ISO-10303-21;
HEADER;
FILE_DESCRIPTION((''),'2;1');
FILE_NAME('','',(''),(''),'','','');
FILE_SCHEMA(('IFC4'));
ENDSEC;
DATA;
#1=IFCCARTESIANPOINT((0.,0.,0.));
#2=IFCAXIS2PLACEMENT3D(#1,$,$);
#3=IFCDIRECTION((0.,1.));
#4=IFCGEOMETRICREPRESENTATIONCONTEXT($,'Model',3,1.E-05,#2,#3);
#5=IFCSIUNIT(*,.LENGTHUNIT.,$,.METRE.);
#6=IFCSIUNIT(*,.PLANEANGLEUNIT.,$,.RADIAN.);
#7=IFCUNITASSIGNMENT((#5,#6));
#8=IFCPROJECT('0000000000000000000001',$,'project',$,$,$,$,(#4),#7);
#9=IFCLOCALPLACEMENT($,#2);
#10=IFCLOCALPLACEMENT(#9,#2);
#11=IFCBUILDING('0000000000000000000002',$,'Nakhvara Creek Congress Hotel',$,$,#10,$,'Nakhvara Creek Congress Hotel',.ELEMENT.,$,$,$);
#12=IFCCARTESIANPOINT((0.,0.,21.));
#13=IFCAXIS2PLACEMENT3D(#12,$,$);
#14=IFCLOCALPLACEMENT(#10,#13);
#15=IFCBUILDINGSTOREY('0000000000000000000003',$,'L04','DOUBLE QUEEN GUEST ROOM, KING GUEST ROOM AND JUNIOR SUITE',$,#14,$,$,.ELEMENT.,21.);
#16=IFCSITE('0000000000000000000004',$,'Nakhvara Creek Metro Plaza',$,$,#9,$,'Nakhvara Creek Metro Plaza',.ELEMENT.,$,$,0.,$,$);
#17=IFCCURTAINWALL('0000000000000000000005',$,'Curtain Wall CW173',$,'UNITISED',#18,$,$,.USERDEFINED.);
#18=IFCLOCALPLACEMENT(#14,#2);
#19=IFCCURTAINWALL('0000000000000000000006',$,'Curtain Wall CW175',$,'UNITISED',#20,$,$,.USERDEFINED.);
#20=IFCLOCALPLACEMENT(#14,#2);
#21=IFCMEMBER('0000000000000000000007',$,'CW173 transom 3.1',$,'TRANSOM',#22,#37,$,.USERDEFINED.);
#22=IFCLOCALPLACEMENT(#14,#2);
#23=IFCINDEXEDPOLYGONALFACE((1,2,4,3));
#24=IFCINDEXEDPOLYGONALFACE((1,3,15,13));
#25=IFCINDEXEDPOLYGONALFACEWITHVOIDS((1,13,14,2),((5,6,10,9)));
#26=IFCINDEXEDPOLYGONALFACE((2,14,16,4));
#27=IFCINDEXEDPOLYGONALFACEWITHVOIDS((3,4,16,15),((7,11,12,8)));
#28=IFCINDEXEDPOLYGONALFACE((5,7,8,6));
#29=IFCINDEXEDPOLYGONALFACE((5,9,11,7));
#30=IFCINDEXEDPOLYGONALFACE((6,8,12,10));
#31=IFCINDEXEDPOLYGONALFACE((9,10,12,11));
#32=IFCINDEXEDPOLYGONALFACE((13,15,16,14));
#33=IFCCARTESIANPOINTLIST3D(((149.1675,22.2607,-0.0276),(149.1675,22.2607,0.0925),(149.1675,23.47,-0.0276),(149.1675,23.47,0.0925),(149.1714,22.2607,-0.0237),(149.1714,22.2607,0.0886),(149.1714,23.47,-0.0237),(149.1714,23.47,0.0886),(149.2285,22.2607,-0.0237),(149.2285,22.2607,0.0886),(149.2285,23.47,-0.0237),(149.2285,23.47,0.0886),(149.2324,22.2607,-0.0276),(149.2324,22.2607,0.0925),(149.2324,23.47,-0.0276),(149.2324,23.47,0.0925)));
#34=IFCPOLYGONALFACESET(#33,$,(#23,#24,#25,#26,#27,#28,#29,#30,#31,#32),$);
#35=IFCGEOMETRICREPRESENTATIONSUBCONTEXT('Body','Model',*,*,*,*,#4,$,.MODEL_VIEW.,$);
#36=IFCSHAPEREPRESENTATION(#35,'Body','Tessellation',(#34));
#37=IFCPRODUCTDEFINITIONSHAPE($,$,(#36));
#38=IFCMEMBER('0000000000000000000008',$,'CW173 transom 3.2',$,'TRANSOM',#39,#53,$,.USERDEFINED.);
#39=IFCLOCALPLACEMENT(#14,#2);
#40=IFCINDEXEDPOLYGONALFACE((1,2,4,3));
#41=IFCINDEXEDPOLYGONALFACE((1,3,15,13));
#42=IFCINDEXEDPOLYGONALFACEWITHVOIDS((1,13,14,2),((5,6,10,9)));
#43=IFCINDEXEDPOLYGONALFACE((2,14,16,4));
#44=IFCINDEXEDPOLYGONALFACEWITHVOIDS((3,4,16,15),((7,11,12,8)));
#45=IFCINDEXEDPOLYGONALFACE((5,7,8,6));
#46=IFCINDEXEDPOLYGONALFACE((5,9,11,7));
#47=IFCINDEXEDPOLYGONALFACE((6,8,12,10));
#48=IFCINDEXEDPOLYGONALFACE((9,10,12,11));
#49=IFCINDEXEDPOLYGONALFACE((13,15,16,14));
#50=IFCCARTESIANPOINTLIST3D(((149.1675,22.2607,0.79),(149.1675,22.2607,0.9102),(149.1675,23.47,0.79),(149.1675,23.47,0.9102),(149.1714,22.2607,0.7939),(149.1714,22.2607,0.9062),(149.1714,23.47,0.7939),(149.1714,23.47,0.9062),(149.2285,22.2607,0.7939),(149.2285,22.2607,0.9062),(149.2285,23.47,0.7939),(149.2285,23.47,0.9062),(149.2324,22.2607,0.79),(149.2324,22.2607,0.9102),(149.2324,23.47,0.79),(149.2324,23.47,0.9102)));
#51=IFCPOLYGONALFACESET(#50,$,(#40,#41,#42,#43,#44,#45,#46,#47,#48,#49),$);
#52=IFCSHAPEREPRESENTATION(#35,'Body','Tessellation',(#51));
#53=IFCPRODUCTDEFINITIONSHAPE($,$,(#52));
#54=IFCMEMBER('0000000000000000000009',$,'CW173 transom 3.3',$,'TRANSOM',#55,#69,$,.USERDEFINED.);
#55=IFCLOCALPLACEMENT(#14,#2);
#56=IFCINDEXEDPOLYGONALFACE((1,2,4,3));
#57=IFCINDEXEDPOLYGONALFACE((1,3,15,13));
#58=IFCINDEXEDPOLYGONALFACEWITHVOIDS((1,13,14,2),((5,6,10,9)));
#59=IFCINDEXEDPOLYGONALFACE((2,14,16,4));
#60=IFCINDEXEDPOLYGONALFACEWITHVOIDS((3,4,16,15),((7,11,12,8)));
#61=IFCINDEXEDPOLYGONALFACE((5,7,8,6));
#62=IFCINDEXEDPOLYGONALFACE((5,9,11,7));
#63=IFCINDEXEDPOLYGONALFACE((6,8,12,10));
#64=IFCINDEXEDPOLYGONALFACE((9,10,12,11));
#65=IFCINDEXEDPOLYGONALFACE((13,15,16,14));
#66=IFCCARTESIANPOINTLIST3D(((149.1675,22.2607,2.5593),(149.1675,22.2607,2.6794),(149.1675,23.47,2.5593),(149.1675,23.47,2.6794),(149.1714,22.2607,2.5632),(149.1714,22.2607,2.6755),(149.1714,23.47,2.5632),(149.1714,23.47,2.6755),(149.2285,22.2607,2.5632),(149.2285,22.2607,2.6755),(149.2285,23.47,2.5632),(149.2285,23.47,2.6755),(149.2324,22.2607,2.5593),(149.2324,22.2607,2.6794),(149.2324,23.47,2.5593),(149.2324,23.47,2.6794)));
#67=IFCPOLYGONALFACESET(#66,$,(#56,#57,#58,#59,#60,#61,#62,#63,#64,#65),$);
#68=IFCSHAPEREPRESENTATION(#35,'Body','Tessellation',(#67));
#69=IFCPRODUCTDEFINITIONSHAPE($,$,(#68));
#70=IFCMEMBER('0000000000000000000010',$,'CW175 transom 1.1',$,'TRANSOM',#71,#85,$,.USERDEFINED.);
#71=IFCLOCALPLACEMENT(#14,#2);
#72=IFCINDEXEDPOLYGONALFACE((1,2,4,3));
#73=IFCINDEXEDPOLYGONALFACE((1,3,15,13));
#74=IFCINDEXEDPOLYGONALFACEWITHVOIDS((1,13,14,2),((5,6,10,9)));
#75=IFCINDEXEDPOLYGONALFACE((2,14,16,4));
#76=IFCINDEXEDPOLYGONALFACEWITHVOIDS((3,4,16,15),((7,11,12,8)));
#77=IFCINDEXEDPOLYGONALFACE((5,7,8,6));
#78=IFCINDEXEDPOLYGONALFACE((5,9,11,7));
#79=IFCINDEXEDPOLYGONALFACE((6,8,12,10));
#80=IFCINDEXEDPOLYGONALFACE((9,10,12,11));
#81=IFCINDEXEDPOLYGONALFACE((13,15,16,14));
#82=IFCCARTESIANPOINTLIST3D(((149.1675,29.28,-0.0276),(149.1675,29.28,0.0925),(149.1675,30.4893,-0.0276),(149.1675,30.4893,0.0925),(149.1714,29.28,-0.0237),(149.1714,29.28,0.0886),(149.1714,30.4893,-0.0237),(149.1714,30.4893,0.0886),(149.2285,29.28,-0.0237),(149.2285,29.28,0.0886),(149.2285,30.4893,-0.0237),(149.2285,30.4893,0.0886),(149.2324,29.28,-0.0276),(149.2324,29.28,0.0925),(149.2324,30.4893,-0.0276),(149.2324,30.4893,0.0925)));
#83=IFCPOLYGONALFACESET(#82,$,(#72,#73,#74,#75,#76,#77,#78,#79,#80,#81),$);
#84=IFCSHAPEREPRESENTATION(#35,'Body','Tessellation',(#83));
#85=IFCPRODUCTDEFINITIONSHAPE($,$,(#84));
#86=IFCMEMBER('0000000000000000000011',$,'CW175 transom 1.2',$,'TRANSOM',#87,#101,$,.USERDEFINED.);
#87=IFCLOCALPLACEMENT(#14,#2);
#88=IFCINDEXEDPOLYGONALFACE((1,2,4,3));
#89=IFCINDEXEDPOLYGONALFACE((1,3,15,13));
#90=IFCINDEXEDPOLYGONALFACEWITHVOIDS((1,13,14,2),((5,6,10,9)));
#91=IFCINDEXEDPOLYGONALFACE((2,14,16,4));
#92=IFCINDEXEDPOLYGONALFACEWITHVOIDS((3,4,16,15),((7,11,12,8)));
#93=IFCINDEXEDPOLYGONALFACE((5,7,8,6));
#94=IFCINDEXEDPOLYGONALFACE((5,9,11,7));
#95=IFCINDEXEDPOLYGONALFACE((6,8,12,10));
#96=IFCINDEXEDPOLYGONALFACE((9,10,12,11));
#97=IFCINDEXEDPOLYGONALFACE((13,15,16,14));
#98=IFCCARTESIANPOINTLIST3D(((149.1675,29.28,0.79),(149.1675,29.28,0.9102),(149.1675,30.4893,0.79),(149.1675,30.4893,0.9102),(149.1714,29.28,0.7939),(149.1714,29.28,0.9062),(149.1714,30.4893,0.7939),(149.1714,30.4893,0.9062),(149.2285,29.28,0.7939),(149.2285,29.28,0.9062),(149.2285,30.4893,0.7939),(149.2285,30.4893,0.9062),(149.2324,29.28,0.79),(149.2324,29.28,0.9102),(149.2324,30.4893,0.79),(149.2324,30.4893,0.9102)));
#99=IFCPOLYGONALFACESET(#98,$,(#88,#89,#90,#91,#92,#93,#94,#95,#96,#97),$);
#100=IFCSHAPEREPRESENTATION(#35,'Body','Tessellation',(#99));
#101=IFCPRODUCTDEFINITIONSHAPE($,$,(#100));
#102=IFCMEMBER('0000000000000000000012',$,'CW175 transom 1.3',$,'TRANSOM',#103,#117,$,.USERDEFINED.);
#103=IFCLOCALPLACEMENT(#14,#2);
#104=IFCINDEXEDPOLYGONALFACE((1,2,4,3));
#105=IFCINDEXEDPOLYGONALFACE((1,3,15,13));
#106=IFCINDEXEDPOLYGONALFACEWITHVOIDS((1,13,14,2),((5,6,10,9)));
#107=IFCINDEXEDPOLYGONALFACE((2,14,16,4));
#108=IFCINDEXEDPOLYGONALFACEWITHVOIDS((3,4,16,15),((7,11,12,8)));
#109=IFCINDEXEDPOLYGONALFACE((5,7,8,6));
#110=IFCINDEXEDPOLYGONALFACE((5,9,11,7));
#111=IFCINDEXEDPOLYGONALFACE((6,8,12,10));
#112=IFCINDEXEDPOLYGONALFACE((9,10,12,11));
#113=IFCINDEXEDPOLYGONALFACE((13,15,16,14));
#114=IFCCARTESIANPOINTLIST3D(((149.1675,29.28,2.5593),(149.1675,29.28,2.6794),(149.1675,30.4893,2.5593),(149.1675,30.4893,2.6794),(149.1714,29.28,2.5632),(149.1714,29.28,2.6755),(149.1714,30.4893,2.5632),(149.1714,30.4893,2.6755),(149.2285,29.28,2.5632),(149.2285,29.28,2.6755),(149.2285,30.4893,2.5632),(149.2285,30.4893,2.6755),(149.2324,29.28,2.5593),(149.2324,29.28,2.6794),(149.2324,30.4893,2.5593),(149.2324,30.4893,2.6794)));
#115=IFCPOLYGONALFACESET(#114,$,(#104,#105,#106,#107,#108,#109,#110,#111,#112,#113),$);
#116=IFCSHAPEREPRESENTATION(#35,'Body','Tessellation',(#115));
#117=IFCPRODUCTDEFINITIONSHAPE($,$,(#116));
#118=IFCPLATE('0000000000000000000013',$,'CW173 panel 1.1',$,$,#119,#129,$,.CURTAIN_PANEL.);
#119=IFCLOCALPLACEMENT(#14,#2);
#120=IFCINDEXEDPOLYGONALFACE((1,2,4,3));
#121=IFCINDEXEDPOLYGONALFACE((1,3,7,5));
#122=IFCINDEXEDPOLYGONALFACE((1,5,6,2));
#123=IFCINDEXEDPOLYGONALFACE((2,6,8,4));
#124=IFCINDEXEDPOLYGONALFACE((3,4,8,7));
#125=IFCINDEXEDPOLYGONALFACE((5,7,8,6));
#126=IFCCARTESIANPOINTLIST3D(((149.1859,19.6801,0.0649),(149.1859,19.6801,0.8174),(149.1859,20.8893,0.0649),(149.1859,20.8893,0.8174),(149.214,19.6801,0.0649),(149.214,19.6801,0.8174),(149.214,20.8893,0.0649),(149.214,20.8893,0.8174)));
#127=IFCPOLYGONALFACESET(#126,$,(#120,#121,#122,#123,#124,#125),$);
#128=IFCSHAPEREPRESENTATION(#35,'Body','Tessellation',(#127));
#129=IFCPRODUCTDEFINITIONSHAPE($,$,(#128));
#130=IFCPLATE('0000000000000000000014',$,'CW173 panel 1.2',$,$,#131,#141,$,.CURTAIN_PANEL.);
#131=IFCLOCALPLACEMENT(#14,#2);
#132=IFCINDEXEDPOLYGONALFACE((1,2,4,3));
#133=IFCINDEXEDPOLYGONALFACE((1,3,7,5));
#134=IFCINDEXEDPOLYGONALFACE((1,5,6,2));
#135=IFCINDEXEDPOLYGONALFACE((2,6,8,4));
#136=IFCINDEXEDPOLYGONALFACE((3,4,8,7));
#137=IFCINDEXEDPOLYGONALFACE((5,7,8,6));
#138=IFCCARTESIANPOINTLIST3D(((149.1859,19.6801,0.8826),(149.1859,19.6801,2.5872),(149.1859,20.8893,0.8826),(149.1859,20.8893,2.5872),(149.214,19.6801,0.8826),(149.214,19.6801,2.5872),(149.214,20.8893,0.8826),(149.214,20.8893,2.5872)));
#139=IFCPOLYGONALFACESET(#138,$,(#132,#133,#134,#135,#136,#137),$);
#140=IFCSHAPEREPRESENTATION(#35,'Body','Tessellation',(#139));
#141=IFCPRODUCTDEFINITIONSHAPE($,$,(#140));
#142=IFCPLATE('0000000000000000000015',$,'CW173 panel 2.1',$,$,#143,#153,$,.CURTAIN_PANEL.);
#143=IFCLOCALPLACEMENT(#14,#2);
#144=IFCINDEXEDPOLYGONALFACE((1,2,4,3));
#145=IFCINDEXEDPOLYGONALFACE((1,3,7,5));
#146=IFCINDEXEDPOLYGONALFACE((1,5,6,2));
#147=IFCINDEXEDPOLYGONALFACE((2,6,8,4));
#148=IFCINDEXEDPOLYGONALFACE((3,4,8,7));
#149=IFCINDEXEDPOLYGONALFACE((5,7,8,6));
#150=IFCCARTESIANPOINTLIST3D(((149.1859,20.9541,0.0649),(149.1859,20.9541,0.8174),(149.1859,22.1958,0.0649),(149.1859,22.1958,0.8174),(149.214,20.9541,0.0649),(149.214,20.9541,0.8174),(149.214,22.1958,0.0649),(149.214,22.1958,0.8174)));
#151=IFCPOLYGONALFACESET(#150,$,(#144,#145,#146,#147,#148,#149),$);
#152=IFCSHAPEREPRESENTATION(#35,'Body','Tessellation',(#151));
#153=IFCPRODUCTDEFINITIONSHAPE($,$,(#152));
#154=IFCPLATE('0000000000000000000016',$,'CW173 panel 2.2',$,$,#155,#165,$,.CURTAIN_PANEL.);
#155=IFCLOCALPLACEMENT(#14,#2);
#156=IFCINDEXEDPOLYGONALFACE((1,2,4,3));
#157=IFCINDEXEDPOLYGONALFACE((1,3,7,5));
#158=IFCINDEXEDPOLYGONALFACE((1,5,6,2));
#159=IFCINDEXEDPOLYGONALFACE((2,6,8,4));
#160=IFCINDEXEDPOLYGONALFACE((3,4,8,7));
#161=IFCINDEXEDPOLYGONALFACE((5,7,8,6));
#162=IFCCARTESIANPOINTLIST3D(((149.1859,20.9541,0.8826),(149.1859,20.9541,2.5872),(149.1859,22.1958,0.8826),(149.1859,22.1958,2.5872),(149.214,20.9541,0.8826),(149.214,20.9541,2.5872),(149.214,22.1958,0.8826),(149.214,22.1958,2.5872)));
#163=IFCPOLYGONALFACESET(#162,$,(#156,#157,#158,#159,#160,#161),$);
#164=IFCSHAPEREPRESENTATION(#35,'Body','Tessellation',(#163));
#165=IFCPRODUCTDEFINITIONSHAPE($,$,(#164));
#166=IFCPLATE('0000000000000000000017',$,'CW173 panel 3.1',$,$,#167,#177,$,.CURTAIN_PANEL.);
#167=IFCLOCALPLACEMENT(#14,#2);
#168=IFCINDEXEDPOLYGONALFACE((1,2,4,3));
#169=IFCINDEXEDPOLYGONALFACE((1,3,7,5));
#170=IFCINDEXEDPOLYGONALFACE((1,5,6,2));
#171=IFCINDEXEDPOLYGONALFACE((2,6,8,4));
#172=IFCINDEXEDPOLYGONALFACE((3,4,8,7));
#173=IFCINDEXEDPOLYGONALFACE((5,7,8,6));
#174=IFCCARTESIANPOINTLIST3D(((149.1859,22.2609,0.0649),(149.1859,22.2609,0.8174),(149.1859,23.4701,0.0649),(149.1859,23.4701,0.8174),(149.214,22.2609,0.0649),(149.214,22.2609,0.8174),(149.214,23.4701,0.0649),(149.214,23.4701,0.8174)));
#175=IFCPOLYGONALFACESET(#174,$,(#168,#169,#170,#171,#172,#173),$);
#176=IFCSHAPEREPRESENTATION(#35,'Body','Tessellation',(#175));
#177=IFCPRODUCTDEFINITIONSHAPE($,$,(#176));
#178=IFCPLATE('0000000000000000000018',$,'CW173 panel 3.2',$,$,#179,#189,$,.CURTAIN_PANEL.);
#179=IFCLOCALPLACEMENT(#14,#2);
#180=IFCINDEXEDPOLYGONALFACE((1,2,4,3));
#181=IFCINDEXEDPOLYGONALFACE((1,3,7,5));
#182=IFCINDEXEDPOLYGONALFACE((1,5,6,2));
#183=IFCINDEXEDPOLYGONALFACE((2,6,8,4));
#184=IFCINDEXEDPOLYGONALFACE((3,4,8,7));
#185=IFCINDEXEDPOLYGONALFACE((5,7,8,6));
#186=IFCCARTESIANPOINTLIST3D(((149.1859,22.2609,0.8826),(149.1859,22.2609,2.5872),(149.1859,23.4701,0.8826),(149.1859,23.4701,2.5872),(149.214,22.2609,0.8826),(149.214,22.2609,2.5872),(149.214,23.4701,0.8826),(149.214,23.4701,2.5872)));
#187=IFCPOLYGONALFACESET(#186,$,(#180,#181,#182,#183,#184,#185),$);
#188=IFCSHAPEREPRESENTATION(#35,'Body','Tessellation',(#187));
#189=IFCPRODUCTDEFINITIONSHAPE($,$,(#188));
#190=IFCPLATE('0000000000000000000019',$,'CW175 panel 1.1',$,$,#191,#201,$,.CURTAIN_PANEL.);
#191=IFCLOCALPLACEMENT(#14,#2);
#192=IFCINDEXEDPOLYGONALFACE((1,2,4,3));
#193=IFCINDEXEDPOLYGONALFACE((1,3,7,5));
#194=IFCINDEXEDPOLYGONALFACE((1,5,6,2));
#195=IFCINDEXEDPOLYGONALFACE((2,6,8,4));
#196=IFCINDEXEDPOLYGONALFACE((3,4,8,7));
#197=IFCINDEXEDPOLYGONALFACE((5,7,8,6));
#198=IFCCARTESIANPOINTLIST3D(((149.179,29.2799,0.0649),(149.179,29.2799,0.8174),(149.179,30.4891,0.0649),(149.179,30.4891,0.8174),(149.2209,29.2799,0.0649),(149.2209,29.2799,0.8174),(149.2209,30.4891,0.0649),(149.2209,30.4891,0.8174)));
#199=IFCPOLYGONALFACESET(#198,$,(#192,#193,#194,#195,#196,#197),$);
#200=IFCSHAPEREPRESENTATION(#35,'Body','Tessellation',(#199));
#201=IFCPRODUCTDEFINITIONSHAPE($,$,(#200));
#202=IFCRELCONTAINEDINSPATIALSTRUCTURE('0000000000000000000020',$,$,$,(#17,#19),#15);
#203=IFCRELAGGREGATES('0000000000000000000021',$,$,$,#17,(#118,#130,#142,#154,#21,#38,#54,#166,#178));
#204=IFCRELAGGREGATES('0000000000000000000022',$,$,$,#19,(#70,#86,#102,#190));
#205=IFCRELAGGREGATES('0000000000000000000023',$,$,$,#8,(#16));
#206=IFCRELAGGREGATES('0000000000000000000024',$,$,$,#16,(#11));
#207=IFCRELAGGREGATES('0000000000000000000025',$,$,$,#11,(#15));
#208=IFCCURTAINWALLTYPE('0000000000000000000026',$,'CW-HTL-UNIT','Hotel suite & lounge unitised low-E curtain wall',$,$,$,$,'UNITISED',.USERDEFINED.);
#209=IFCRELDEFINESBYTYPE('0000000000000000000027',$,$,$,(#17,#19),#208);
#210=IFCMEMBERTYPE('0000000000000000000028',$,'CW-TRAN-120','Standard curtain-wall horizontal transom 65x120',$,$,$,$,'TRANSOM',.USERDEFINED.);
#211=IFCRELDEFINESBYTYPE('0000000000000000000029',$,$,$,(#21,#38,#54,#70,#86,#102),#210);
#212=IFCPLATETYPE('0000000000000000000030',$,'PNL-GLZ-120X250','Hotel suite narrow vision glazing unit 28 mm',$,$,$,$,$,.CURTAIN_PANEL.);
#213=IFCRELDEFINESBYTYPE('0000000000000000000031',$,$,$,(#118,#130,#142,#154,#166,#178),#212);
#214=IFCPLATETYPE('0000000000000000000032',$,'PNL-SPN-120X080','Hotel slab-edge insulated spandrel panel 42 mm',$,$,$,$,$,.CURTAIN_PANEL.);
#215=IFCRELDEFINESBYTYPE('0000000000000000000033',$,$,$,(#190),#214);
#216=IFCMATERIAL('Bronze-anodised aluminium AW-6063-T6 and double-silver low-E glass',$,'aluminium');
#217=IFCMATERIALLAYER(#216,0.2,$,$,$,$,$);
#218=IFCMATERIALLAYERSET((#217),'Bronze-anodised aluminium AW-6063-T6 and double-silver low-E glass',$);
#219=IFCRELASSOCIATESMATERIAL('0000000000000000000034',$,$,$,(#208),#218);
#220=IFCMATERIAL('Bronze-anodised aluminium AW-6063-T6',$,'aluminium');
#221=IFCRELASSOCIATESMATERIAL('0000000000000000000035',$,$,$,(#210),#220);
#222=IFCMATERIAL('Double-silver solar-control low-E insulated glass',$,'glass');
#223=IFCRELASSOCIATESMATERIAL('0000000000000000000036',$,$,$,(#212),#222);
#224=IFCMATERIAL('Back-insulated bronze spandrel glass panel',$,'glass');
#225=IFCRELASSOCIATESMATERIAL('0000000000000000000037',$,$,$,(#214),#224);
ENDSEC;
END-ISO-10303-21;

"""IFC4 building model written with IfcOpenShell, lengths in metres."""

from ifc_helpers import new_model, si_unit, direction, frame, origin, origin_2d, place, context, subcontext, project, spatial, rectangle, hollow_rectangle, extrude, material, layer, layer_set, material_profile, profile_set, type_object, element, aggregate, save


model = new_model("IFC4")

# Units and contexts
model_context = context("Model", 3, precision=1e-05, world=origin(), true_north=direction((0.0, 1.0)))
body_context = subcontext(model_context, "Body", "Model", "MODEL_VIEW")
ifc_project = project(units=[si_unit("LENGTHUNIT", "METRE"), si_unit("PLANEANGLEUNIT", "RADIAN")], contexts=[model_context])

# Site, building, storey
site_placement = place(None, origin())
site = spatial("IfcSite", under=ifc_project, at=site_placement, Name="Nakhvara Creek Metro Plaza", LongName="Nakhvara Creek Metro Plaza", CompositionType="ELEMENT", RefElevation=0.0)
building_placement = place(site_placement, origin())
building = spatial("IfcBuilding", under=site, at=building_placement, Name="Nakhvara Creek Congress Hotel", LongName="Nakhvara Creek Congress Hotel", CompositionType="ELEMENT")
storey_placement = place(building_placement, frame((0.0, 0.0, 21.0)))
storey = spatial("IfcBuildingStorey", under=building, at=storey_placement, Name="L04", Description="DOUBLE QUEEN GUEST ROOM, KING GUEST ROOM AND JUNIOR SUITE", CompositionType="ELEMENT", Elevation=21.0)

# Curtain wall
ifc_material_1 = material(Name="Bronze-anodised aluminium AW-6063-T6 and double-silver low-E glass", Category="aluminium")
ifc_layer = layer(ifc_material_1, 0.2)
ifc_layer_set = layer_set([ifc_layer], Name="Bronze-anodised aluminium AW-6063-T6 and double-silver low-E glass")
curtain_wall_type = type_object("IfcCurtainWallType", Name="CW-HTL-UNIT", Description="Hotel suite & lounge unitised low-E curtain wall", ElementType="UNITISED", PredefinedType="USERDEFINED", material=ifc_layer_set)
curtain_wall_1_placement = place(storey_placement, origin())
curtain_wall_1 = element("IfcCurtainWall", 1, at=curtain_wall_1_placement, inside=storey, type_object=curtain_wall_type, Name="Curtain Wall CW173", ObjectType="UNITISED", PredefinedType="USERDEFINED")
ifc_material_2 = material(Name="Bronze-anodised aluminium AW-6063-T6", Category="aluminium")

# Curtain wall
curtain_wall_2_placement = place(storey_placement, origin())
curtain_wall_2 = element("IfcCurtainWall", 2, at=curtain_wall_2_placement, inside=storey, type_object=curtain_wall_type, Name="Curtain Wall CW175", ObjectType="UNITISED", PredefinedType="USERDEFINED")

# Members
ifc_material_profile_1 = material_profile(ifc_material_2, hollow_rectangle(XDim=0.0649, YDim=0.1201, WallThickness=0.0039, at=origin_2d()), Name="ALU-TRAN 65x120x4", Category="LoadBearing")
ifc_profile_set_1 = profile_set([ifc_material_profile_1], Name="Bronze-anodised aluminium AW-6063-T6")
member_type_1 = type_object("IfcMemberType", Name="CW-TRAN-120", Description="Standard curtain-wall horizontal transom 65x120", ElementType="TRANSOM", PredefinedType="USERDEFINED", material=ifc_profile_set_1)
member_1_placement = place(storey_placement, frame((149.2, 22.2607, 0.0325), z_axis=(0.0, 1.0, 0.0), x_axis=(-1.0, 0.0, 0.0)))
member_1 = element("IfcMember", 3, at=member_1_placement, type_object=member_type_1, Name="CW173 transom 3.1", ObjectType="TRANSOM", PredefinedType="USERDEFINED", context=body_context, shape_type="SweptSolid", body=[
    extrude(hollow_rectangle(XDim=0.0649, YDim=0.1201, WallThickness=0.0039, at=origin_2d()), origin(), (0.0, 0.0, 1.0), 1.2092),
])
member_2_placement = place(storey_placement, frame((149.2, 22.2607, 0.8501), z_axis=(0.0, 1.0, 0.0), x_axis=(-1.0, 0.0, 0.0)))
member_2 = element("IfcMember", 4, at=member_2_placement, type_object=member_type_1, Name="CW173 transom 3.2", ObjectType="TRANSOM", PredefinedType="USERDEFINED", context=body_context, shape_type="SweptSolid", body=[
    extrude(hollow_rectangle(XDim=0.0649, YDim=0.1201, WallThickness=0.0039, at=origin_2d()), origin(), (0.0, 0.0, 1.0), 1.2092),
])
member_3_placement = place(storey_placement, frame((149.2, 22.2607, 2.6194), z_axis=(0.0, 1.0, 0.0), x_axis=(-1.0, 0.0, 0.0)))
member_3 = element("IfcMember", 5, at=member_3_placement, type_object=member_type_1, Name="CW173 transom 3.3", ObjectType="TRANSOM", PredefinedType="USERDEFINED", context=body_context, shape_type="SweptSolid", body=[
    extrude(hollow_rectangle(XDim=0.0649, YDim=0.1201, WallThickness=0.0039, at=origin_2d()), origin(), (0.0, 0.0, 1.0), 1.2092),
])
member_4_placement = place(storey_placement, frame((149.2, 29.28, 0.0325), z_axis=(0.0, 1.0, 0.0), x_axis=(-1.0, 0.0, 0.0)))
member_4 = element("IfcMember", 6, at=member_4_placement, type_object=member_type_1, Name="CW175 transom 1.1", ObjectType="TRANSOM", PredefinedType="USERDEFINED", context=body_context, shape_type="SweptSolid", body=[
    extrude(hollow_rectangle(XDim=0.0649, YDim=0.1201, WallThickness=0.0039, at=origin_2d()), origin(), (0.0, 0.0, 1.0), 1.2092),
])
member_5_placement = place(storey_placement, frame((149.2, 29.28, 0.8501), z_axis=(0.0, 1.0, 0.0), x_axis=(-1.0, 0.0, 0.0)))
member_5 = element("IfcMember", 7, at=member_5_placement, type_object=member_type_1, Name="CW175 transom 1.2", ObjectType="TRANSOM", PredefinedType="USERDEFINED", context=body_context, shape_type="SweptSolid", body=[
    extrude(hollow_rectangle(XDim=0.0649, YDim=0.1201, WallThickness=0.0039, at=origin_2d()), origin(), (0.0, 0.0, 1.0), 1.2092),
])
member_6_placement = place(storey_placement, frame((149.2, 29.28, 2.6194), z_axis=(0.0, 1.0, 0.0), x_axis=(-1.0, 0.0, 0.0)))
member_6 = element("IfcMember", 8, at=member_6_placement, type_object=member_type_1, Name="CW175 transom 1.3", ObjectType="TRANSOM", PredefinedType="USERDEFINED", context=body_context, shape_type="SweptSolid", body=[
    extrude(hollow_rectangle(XDim=0.0649, YDim=0.1201, WallThickness=0.0039, at=origin_2d()), origin(), (0.0, 0.0, 1.0), 1.2092),
])

# Plates
ifc_material_3 = material(Name="Double-silver solar-control low-E insulated glass", Category="glass")
plate_type_1 = type_object("IfcPlateType", Name="PNL-GLZ-120X250", Description="Hotel suite narrow vision glazing unit 28 mm", PredefinedType="CURTAIN_PANEL", material=ifc_material_3)
plate_1_placement = place(storey_placement, frame((149.2, 20.2847, 0.0649), z_axis=(0.0, 0.0, 1.0), x_axis=(0.0, 1.0, 0.0)))
plate_1 = element("IfcPlate", 9, at=plate_1_placement, type_object=plate_type_1, Name="CW173 panel 1.1", PredefinedType="CURTAIN_PANEL", context=body_context, shape_type="SweptSolid", body=[
    extrude(rectangle(XDim=1.2092, YDim=0.0281, at=origin_2d()), origin(), (0.0, 0.0, 1.0), 0.7524),
])
plate_2_placement = place(storey_placement, frame((149.2, 20.2847, 0.8826), z_axis=(0.0, 0.0, 1.0), x_axis=(0.0, 1.0, 0.0)))
plate_2 = element("IfcPlate", 10, at=plate_2_placement, type_object=plate_type_1, Name="CW173 panel 1.2", PredefinedType="CURTAIN_PANEL", context=body_context, shape_type="SweptSolid", body=[
    extrude(rectangle(XDim=1.2092, YDim=0.0281, at=origin_2d()), origin(), (0.0, 0.0, 1.0), 1.7046),
])
plate_3_placement = place(storey_placement, frame((149.2, 21.575, 0.0649), z_axis=(0.0, 0.0, 1.0), x_axis=(0.0, 1.0, 0.0)))
plate_3 = element("IfcPlate", 11, at=plate_3_placement, type_object=plate_type_1, Name="CW173 panel 2.1", PredefinedType="CURTAIN_PANEL", context=body_context, shape_type="SweptSolid", body=[
    extrude(rectangle(XDim=1.2417, YDim=0.0281, at=origin_2d()), origin(), (0.0, 0.0, 1.0), 0.7524),
])
plate_4_placement = place(storey_placement, frame((149.2, 21.575, 0.8826), z_axis=(0.0, 0.0, 1.0), x_axis=(0.0, 1.0, 0.0)))
plate_4 = element("IfcPlate", 12, at=plate_4_placement, type_object=plate_type_1, Name="CW173 panel 2.2", PredefinedType="CURTAIN_PANEL", context=body_context, shape_type="SweptSolid", body=[
    extrude(rectangle(XDim=1.2417, YDim=0.0281, at=origin_2d()), origin(), (0.0, 0.0, 1.0), 1.7046),
])
plate_5_placement = place(storey_placement, frame((149.2, 22.8655, 0.0649), z_axis=(0.0, 0.0, 1.0), x_axis=(0.0, 1.0, 0.0)))
plate_5 = element("IfcPlate", 13, at=plate_5_placement, type_object=plate_type_1, Name="CW173 panel 3.1", PredefinedType="CURTAIN_PANEL", context=body_context, shape_type="SweptSolid", body=[
    extrude(rectangle(XDim=1.2092, YDim=0.0281, at=origin_2d()), origin(), (0.0, 0.0, 1.0), 0.7524),
])
plate_6_placement = place(storey_placement, frame((149.2, 22.8655, 0.8826), z_axis=(0.0, 0.0, 1.0), x_axis=(0.0, 1.0, 0.0)))
plate_6 = element("IfcPlate", 14, at=plate_6_placement, type_object=plate_type_1, Name="CW173 panel 3.2", PredefinedType="CURTAIN_PANEL", context=body_context, shape_type="SweptSolid", body=[
    extrude(rectangle(XDim=1.2092, YDim=0.0281, at=origin_2d()), origin(), (0.0, 0.0, 1.0), 1.7046),
])
aggregate(curtain_wall_1, [plate_1, plate_2, plate_3, plate_4, member_1, member_2, member_3, plate_5, plate_6])
ifc_material_4 = material(Name="Back-insulated bronze spandrel glass panel", Category="glass")
plate_type_2 = type_object("IfcPlateType", Name="PNL-SPN-120X080", Description="Hotel slab-edge insulated spandrel panel 42 mm", PredefinedType="CURTAIN_PANEL", material=ifc_material_4)
plate_7_placement = place(storey_placement, frame((149.2, 29.8845, 0.0649), z_axis=(0.0, 0.0, 1.0), x_axis=(0.0, 1.0, 0.0)))
plate_7 = element("IfcPlate", 15, at=plate_7_placement, type_object=plate_type_2, Name="CW175 panel 1.1", PredefinedType="CURTAIN_PANEL", context=body_context, shape_type="SweptSolid", body=[
    extrude(rectangle(XDim=1.2092, YDim=0.042, at=origin_2d()), origin(), (0.0, 0.0, 1.0), 0.7524),
])
aggregate(curtain_wall_2, [member_4, member_5, member_6, plate_7])

save(model, "model.ifc")
